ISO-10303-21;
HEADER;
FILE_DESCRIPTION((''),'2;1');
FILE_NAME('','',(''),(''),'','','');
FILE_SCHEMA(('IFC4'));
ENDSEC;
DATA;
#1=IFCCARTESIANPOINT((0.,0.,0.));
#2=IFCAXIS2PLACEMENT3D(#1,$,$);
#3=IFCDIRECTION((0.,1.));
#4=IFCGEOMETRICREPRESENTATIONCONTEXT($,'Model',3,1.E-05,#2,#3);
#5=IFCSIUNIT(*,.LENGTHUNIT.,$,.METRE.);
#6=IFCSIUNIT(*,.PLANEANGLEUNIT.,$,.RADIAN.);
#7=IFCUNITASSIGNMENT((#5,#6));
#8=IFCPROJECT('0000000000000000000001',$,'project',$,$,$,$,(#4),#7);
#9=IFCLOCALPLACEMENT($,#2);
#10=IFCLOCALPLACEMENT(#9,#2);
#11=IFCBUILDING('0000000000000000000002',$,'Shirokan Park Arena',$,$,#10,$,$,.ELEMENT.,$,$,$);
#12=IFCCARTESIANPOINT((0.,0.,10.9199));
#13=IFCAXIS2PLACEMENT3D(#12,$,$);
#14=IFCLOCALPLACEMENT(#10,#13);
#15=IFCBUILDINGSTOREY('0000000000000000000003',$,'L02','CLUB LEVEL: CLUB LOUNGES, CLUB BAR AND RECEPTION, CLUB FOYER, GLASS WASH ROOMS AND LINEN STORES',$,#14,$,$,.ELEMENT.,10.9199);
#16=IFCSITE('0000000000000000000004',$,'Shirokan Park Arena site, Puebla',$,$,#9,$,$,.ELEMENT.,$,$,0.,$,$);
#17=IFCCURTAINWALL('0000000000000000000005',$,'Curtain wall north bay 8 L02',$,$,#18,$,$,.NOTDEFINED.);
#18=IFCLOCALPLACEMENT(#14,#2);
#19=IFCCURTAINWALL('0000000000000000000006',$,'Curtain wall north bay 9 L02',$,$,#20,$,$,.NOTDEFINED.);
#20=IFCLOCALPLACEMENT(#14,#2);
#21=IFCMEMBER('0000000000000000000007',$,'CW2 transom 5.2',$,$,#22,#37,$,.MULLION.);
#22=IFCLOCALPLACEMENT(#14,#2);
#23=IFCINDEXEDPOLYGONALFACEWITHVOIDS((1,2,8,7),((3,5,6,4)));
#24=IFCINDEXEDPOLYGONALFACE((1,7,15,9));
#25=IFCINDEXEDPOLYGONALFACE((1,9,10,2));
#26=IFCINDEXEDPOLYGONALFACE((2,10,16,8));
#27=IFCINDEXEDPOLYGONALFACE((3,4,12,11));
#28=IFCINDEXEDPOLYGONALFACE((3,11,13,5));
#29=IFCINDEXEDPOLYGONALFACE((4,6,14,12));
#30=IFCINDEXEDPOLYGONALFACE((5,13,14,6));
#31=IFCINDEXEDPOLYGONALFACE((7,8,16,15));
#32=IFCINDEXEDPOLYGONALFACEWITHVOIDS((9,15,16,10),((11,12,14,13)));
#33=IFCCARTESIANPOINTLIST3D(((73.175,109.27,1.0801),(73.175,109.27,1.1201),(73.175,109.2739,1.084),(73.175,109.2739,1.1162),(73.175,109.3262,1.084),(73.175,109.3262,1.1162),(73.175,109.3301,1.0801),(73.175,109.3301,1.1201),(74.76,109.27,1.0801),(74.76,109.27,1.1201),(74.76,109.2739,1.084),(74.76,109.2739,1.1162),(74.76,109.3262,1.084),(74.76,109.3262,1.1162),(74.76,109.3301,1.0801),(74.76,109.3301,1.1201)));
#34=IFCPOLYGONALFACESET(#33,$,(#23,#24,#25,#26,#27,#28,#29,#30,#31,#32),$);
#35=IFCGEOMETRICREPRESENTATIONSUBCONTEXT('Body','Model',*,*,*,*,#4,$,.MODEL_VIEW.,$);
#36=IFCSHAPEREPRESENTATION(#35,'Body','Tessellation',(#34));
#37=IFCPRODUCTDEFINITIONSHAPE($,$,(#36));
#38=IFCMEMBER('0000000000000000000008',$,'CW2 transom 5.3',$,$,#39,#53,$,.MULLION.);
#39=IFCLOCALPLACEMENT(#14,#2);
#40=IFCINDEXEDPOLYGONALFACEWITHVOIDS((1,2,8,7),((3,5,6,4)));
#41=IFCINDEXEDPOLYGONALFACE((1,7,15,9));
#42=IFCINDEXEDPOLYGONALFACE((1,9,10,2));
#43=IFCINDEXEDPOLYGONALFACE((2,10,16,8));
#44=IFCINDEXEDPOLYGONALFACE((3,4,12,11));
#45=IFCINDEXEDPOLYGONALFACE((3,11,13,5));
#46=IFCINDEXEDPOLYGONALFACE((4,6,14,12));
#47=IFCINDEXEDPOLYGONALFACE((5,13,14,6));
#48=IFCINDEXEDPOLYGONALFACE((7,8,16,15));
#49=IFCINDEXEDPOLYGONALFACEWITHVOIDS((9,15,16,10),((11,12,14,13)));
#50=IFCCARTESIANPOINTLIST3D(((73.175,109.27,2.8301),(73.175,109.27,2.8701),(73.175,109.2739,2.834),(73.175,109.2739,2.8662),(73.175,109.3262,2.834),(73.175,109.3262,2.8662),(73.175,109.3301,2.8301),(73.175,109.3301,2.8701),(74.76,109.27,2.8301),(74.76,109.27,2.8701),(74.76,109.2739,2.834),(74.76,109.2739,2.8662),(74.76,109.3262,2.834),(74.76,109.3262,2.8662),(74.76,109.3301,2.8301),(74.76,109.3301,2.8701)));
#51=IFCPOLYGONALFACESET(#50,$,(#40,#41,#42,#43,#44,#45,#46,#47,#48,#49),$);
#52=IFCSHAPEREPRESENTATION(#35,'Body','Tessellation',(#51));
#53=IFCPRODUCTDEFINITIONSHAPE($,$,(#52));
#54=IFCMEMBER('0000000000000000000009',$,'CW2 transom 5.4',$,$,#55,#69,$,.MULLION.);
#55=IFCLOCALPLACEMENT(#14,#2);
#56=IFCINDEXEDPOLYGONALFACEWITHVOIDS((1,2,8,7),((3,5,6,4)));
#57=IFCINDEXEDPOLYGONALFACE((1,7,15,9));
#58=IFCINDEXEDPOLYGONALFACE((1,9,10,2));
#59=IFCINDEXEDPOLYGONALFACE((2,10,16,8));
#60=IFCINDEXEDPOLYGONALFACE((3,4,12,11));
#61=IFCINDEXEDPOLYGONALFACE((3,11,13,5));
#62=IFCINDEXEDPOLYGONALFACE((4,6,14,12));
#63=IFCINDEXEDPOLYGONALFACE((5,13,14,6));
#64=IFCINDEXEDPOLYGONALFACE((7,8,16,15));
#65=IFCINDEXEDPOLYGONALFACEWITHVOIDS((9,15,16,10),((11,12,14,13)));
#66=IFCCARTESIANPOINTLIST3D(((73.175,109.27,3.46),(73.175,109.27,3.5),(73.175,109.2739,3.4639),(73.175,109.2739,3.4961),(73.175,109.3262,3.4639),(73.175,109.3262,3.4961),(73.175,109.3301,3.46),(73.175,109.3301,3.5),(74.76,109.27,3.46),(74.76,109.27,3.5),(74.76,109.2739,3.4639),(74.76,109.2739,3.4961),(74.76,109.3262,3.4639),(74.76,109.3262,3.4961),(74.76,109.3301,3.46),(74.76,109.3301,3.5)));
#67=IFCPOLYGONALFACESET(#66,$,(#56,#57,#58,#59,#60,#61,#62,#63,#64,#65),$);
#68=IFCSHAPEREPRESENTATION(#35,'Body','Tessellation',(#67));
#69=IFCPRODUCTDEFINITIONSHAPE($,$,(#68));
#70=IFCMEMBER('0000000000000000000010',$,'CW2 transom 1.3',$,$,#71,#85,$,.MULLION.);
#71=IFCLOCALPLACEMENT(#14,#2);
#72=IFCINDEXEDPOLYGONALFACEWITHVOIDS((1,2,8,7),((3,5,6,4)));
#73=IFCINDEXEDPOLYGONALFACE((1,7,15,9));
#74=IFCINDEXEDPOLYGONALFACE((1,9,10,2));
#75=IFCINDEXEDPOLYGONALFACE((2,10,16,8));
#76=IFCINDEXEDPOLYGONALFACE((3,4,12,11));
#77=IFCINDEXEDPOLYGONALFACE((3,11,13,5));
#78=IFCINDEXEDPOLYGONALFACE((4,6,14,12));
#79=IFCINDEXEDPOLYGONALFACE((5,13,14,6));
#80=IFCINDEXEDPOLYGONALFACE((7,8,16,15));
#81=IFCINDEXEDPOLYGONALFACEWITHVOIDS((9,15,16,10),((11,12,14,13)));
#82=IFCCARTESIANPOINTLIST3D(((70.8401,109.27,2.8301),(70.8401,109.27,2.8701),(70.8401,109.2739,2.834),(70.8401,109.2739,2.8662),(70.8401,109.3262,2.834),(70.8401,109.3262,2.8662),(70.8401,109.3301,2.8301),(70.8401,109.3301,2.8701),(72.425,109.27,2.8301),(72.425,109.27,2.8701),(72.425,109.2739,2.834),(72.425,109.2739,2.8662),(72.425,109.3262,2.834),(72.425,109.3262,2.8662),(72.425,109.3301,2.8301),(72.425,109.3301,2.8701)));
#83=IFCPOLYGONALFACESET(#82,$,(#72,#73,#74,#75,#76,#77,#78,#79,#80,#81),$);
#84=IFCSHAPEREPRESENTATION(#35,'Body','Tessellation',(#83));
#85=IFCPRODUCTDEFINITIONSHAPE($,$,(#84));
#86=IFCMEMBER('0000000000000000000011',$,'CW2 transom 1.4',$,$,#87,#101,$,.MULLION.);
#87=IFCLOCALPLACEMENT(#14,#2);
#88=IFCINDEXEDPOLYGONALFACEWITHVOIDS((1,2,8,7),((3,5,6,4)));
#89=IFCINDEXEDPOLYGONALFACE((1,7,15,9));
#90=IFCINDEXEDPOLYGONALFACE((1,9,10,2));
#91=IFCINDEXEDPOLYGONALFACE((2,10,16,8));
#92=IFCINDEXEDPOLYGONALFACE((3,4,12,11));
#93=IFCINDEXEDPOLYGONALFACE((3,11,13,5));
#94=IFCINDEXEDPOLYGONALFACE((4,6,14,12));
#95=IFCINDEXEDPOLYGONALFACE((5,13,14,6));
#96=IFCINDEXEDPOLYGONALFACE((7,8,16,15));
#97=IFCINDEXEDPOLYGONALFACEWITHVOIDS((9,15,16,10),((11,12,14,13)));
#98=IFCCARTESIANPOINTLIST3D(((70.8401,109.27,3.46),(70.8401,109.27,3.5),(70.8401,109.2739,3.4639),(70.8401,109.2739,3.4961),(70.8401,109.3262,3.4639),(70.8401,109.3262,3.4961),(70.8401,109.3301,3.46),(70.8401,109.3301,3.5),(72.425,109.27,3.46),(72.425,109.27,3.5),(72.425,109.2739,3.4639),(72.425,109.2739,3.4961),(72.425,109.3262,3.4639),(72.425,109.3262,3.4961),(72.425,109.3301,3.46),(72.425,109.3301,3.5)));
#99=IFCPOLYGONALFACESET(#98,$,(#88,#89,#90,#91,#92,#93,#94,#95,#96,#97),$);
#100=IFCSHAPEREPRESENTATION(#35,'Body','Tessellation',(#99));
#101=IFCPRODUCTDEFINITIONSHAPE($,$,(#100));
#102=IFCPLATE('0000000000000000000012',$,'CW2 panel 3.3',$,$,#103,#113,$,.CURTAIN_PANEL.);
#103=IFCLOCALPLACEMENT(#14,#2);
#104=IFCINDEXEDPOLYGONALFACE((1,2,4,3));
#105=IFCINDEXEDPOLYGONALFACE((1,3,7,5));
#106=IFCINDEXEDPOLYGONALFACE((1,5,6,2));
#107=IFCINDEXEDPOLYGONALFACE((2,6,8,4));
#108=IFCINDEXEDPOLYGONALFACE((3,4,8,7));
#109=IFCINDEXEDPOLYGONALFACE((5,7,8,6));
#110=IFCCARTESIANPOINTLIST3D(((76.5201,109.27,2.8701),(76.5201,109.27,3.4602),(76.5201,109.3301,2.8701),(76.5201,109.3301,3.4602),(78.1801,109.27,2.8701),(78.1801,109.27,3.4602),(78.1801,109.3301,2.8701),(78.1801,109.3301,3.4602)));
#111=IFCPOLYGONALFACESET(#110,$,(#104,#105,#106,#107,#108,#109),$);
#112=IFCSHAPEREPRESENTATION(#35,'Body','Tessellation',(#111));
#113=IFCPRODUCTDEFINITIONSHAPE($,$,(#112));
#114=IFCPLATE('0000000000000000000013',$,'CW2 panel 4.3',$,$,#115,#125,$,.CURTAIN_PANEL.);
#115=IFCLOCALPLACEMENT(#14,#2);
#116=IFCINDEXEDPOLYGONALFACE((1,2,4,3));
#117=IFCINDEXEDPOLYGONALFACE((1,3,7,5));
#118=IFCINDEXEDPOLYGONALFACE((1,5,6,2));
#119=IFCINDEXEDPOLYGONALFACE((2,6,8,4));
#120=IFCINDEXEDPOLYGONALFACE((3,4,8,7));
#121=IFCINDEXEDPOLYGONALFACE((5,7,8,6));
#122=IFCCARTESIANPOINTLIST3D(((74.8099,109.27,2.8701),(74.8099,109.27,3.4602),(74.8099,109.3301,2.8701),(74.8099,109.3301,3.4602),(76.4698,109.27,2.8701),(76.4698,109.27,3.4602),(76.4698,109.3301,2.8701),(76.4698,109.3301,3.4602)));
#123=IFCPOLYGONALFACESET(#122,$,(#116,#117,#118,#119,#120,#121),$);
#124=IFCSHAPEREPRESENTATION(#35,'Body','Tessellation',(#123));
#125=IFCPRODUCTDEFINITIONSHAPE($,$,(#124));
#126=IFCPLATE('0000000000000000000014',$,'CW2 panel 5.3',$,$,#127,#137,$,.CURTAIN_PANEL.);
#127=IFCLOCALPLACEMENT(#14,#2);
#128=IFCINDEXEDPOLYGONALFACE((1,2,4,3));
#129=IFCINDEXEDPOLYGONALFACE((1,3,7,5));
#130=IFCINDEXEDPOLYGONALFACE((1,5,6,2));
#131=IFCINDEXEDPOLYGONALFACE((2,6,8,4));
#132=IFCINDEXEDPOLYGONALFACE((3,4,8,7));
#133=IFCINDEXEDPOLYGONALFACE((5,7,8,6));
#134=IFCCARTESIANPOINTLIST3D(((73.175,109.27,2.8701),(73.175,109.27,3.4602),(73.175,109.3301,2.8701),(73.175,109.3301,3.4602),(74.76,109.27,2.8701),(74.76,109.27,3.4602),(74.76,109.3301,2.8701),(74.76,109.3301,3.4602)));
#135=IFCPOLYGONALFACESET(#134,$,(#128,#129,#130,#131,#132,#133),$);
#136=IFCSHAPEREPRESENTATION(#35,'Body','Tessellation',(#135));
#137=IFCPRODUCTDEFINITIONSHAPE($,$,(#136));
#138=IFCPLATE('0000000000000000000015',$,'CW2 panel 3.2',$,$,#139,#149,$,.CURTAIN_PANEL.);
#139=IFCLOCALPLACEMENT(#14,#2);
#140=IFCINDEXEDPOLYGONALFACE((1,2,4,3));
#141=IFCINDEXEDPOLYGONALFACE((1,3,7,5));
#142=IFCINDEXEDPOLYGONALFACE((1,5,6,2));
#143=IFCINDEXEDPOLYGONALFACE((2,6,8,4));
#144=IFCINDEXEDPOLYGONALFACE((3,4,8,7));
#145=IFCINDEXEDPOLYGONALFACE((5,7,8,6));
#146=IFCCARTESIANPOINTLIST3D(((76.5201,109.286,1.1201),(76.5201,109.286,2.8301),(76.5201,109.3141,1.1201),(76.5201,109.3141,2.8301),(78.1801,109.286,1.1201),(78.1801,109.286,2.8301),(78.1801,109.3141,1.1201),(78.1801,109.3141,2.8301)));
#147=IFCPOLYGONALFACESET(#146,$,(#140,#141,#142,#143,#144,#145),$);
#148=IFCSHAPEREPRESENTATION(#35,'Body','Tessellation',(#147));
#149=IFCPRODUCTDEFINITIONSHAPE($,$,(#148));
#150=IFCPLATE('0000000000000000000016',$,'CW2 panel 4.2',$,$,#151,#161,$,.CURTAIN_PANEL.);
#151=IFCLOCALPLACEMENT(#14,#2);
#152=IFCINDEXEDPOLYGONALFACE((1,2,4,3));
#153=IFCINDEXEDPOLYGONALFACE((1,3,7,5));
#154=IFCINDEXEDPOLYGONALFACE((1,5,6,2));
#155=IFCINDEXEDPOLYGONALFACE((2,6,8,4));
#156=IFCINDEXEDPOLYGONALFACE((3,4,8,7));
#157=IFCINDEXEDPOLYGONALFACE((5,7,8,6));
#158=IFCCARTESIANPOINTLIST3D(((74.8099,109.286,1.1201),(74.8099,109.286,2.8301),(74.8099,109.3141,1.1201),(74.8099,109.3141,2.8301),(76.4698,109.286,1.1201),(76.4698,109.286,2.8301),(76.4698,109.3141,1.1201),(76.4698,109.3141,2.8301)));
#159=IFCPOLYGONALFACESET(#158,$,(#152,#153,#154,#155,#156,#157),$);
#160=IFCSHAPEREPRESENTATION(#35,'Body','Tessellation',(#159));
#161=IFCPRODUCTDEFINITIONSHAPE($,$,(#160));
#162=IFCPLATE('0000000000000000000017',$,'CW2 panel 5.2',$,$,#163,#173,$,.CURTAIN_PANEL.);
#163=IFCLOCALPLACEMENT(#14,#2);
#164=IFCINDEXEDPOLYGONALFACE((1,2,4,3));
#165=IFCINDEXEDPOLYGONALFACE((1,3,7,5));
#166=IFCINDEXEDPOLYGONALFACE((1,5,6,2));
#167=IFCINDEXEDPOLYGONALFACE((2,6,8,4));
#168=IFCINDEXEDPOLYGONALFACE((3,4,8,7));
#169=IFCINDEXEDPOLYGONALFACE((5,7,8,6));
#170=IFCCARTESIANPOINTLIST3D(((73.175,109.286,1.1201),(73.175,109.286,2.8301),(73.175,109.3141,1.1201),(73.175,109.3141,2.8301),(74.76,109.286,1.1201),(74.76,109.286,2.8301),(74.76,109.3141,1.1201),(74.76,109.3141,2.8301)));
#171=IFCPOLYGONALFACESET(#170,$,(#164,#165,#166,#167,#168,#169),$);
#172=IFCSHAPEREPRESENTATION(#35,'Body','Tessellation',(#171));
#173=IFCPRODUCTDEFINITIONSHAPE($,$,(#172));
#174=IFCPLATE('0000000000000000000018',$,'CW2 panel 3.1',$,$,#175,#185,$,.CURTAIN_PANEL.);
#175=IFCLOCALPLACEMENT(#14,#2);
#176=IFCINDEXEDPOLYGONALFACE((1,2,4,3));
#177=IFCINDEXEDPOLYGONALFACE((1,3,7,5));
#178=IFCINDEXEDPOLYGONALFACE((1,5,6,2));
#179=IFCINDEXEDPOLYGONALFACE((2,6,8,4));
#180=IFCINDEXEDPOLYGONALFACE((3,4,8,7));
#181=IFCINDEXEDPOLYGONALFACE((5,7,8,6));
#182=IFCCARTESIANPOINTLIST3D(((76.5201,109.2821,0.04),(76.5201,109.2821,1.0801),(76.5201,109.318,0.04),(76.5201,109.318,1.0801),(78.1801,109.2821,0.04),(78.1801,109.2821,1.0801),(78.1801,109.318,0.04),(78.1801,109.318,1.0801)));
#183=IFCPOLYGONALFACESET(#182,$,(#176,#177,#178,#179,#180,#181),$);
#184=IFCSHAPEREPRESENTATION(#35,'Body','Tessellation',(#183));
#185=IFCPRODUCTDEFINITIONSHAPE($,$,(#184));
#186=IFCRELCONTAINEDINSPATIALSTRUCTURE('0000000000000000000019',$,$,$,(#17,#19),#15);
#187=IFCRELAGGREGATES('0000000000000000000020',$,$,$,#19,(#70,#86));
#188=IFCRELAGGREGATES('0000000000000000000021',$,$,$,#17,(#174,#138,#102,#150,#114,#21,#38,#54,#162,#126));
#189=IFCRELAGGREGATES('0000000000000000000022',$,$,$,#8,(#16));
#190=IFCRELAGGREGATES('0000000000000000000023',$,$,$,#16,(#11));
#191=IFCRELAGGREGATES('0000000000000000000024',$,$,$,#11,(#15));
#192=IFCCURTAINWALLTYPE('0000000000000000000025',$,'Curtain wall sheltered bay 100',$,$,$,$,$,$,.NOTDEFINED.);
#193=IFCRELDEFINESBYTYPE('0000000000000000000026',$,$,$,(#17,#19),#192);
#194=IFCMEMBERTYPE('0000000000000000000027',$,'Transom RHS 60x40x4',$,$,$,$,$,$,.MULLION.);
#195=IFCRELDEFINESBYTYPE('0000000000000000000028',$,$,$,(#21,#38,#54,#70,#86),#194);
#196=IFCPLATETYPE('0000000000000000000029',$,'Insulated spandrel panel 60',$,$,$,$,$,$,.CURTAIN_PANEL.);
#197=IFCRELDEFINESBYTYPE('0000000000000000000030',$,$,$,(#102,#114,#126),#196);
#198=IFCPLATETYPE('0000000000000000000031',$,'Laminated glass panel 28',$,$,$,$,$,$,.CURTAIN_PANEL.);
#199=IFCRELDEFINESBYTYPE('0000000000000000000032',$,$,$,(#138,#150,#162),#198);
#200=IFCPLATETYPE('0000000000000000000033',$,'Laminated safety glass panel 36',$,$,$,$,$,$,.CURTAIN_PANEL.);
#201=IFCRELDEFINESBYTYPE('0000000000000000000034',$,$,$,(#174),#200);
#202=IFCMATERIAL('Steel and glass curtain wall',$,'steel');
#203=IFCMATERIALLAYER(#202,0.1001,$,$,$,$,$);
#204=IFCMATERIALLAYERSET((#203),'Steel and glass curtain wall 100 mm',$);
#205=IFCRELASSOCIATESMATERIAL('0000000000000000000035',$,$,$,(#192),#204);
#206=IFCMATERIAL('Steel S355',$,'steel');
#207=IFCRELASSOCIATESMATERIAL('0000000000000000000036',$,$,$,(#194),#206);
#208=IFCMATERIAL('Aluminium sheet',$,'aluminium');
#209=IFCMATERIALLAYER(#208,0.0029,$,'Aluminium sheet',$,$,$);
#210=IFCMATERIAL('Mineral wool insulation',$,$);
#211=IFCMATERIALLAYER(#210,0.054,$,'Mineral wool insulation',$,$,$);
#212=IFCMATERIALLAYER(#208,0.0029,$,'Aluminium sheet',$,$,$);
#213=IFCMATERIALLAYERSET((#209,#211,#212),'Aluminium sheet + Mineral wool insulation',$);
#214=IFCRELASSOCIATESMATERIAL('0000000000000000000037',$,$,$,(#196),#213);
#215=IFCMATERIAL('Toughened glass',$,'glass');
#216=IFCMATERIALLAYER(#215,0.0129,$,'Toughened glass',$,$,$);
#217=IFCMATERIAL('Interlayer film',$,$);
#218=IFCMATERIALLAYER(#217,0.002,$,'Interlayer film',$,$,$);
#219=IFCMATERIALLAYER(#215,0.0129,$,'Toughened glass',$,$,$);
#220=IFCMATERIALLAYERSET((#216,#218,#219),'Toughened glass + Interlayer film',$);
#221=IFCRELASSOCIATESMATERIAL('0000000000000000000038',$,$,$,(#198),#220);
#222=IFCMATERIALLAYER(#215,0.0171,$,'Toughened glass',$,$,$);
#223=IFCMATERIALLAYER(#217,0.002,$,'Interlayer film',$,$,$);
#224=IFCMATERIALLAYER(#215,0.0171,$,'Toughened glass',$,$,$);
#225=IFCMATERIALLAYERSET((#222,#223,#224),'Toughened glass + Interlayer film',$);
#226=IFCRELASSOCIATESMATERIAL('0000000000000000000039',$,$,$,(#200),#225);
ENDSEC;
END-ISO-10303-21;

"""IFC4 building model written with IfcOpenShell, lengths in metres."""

from ifc_helpers import new_model, si_unit, direction, frame, origin, origin_2d, place, context, subcontext, project, spatial, rectangle, hollow_rectangle, extrude, material, layer, layer_set, material_profile, profile_set, type_object, element, aggregate, save


model = new_model("IFC4")

# Units and contexts
model_context = context("Model", 3, precision=1e-05, world=origin(), true_north=direction((0.0, 1.0)))
body_context = subcontext(model_context, "Body", "Model", "MODEL_VIEW")
ifc_project = project(units=[si_unit("LENGTHUNIT", "METRE"), si_unit("PLANEANGLEUNIT", "RADIAN")], contexts=[model_context])

# Site, building, storey
site_placement = place(None, origin())
site = spatial("IfcSite", under=ifc_project, at=site_placement, Name="Shirokan Park Arena site, Puebla", CompositionType="ELEMENT", RefElevation=0.0)
building_placement = place(site_placement, origin())
building = spatial("IfcBuilding", under=site, at=building_placement, Name="Shirokan Park Arena", CompositionType="ELEMENT")
storey_placement = place(building_placement, frame((0.0, 0.0, 10.9199)))
storey = spatial("IfcBuildingStorey", under=building, at=storey_placement, Name="L02", Description="CLUB LEVEL: CLUB LOUNGES, CLUB BAR AND RECEPTION, CLUB FOYER, GLASS WASH ROOMS AND LINEN STORES", CompositionType="ELEMENT", Elevation=10.9199)

# Curtain walls
ifc_material_1 = material(Name="Steel and glass curtain wall", Category="steel")
ifc_layer_1 = layer(ifc_material_1, 0.1001)
ifc_layer_set_1 = layer_set([ifc_layer_1], Name="Steel and glass curtain wall 100 mm")
curtain_wall_type = type_object("IfcCurtainWallType", Name="Curtain wall sheltered bay 100", PredefinedType="NOTDEFINED", material=ifc_layer_set_1)
curtain_wall_1_placement = place(storey_placement, origin())
curtain_wall_1 = element("IfcCurtainWall", 1, at=curtain_wall_1_placement, inside=storey, type_object=curtain_wall_type, Name="Curtain wall north bay 8 L02", PredefinedType="NOTDEFINED")
ifc_material_2 = material(Name="Steel S355", Category="steel")
curtain_wall_2_placement = place(storey_placement, origin())
curtain_wall_2 = element("IfcCurtainWall", 2, at=curtain_wall_2_placement, inside=storey, type_object=curtain_wall_type, Name="Curtain wall north bay 9 L02", PredefinedType="NOTDEFINED")

# Members
ifc_material_profile_1 = material_profile(ifc_material_2, hollow_rectangle(XDim=0.0601, YDim=0.04, WallThickness=0.0039, at=origin_2d()), Name="RHS 60x40x4")
ifc_profile_set_1 = profile_set([ifc_material_profile_1], Name="Steel S355")
member_type_1 = type_object("IfcMemberType", Name="Transom RHS 60x40x4", PredefinedType="MULLION", material=ifc_profile_set_1)
member_1_placement = place(storey_placement, frame((74.76, 109.3, 1.1001), z_axis=(-1.0, 0.0, 0.0), x_axis=(0.0, -1.0, 0.0)))
member_1 = element("IfcMember", 3, at=member_1_placement, type_object=member_type_1, Name="CW2 transom 5.2", PredefinedType="MULLION", context=body_context, shape_type="SweptSolid", body=[
    extrude(hollow_rectangle(XDim=0.0601, YDim=0.04, WallThickness=0.0039, at=origin_2d()), origin(), (0.0, 0.0, 1.0), 1.585),
])
member_2_placement = place(storey_placement, frame((74.76, 109.3, 2.8501), z_axis=(-1.0, 0.0, 0.0), x_axis=(0.0, -1.0, 0.0)))
member_2 = element("IfcMember", 4, at=member_2_placement, type_object=member_type_1, Name="CW2 transom 5.3", PredefinedType="MULLION", context=body_context, shape_type="SweptSolid", body=[
    extrude(hollow_rectangle(XDim=0.0601, YDim=0.04, WallThickness=0.0039, at=origin_2d()), origin(), (0.0, 0.0, 1.0), 1.585),
])
member_3_placement = place(storey_placement, frame((74.76, 109.3, 3.48), z_axis=(-1.0, 0.0, 0.0), x_axis=(0.0, -1.0, 0.0)))
member_3 = element("IfcMember", 5, at=member_3_placement, type_object=member_type_1, Name="CW2 transom 5.4", PredefinedType="MULLION", context=body_context, shape_type="SweptSolid", body=[
    extrude(hollow_rectangle(XDim=0.0601, YDim=0.04, WallThickness=0.0039, at=origin_2d()), origin(), (0.0, 0.0, 1.0), 1.585),
])
member_4_placement = place(storey_placement, frame((72.425, 109.3, 2.8501), z_axis=(-1.0, 0.0, 0.0), x_axis=(0.0, -1.0, 0.0)))
member_4 = element("IfcMember", 6, at=member_4_placement, type_object=member_type_1, Name="CW2 transom 1.3", PredefinedType="MULLION", context=body_context, shape_type="SweptSolid", body=[
    extrude(hollow_rectangle(XDim=0.0601, YDim=0.04, WallThickness=0.0039, at=origin_2d()), origin(), (0.0, 0.0, 1.0), 1.585),
])
member_5_placement = place(storey_placement, frame((72.425, 109.3, 3.48), z_axis=(-1.0, 0.0, 0.0), x_axis=(0.0, -1.0, 0.0)))
member_5 = element("IfcMember", 7, at=member_5_placement, type_object=member_type_1, Name="CW2 transom 1.4", PredefinedType="MULLION", context=body_context, shape_type="SweptSolid", body=[
    extrude(hollow_rectangle(XDim=0.0601, YDim=0.04, WallThickness=0.0039, at=origin_2d()), origin(), (0.0, 0.0, 1.0), 1.585),
])
aggregate(curtain_wall_2, [member_4, member_5])

# Plates
ifc_material_3 = material(Name="Aluminium sheet", Category="aluminium")
ifc_layer_2 = layer(ifc_material_3, 0.0029, Name="Aluminium sheet")
ifc_material_4 = material(Name="Mineral wool insulation")
ifc_layer_3 = layer(ifc_material_4, 0.054, Name="Mineral wool insulation")
ifc_layer_4 = layer(ifc_material_3, 0.0029, Name="Aluminium sheet")
ifc_layer_set_2 = layer_set([ifc_layer_2, ifc_layer_3, ifc_layer_4], Name="Aluminium sheet + Mineral wool insulation")
plate_type_1 = type_object("IfcPlateType", Name="Insulated spandrel panel 60", PredefinedType="CURTAIN_PANEL", material=ifc_layer_set_2)
plate_1_placement = place(storey_placement, frame((77.3501, 109.3, 2.8701), z_axis=(0.0, 0.0, 1.0), x_axis=(-1.0, 0.0, 0.0)))
plate_1 = element("IfcPlate", 8, at=plate_1_placement, type_object=plate_type_1, Name="CW2 panel 3.3", PredefinedType="CURTAIN_PANEL", context=body_context, shape_type="SweptSolid", body=[
    extrude(rectangle(XDim=1.6599, YDim=0.0601, at=origin_2d()), origin(), (0.0, 0.0, 1.0), 0.5901),
])
plate_2_placement = place(storey_placement, frame((75.6399, 109.3, 2.8701), z_axis=(0.0, 0.0, 1.0), x_axis=(-1.0, 0.0, 0.0)))
plate_2 = element("IfcPlate", 9, at=plate_2_placement, type_object=plate_type_1, Name="CW2 panel 4.3", PredefinedType="CURTAIN_PANEL", context=body_context, shape_type="SweptSolid", body=[
    extrude(rectangle(XDim=1.6599, YDim=0.0601, at=origin_2d()), origin(), (0.0, 0.0, 1.0), 0.5901),
])
plate_3_placement = place(storey_placement, frame((73.9675, 109.3, 2.8701), z_axis=(0.0, 0.0, 1.0), x_axis=(-1.0, 0.0, 0.0)))
plate_3 = element("IfcPlate", 10, at=plate_3_placement, type_object=plate_type_1, Name="CW2 panel 5.3", PredefinedType="CURTAIN_PANEL", context=body_context, shape_type="SweptSolid", body=[
    extrude(rectangle(XDim=1.585, YDim=0.0601, at=origin_2d()), origin(), (0.0, 0.0, 1.0), 0.5901),
])
ifc_material_5 = material(Name="Toughened glass", Category="glass")
ifc_layer_5 = layer(ifc_material_5, 0.0129, Name="Toughened glass")
ifc_material_6 = material(Name="Interlayer film")
ifc_layer_6 = layer(ifc_material_6, 0.002, Name="Interlayer film")
ifc_layer_7 = layer(ifc_material_5, 0.0129, Name="Toughened glass")
ifc_layer_set_3 = layer_set([ifc_layer_5, ifc_layer_6, ifc_layer_7], Name="Toughened glass + Interlayer film")
plate_type_2 = type_object("IfcPlateType", Name="Laminated glass panel 28", PredefinedType="CURTAIN_PANEL", material=ifc_layer_set_3)
plate_4_placement = place(storey_placement, frame((77.3501, 109.3, 1.1201), z_axis=(0.0, 0.0, 1.0), x_axis=(-1.0, 0.0, 0.0)))
plate_4 = element("IfcPlate", 11, at=plate_4_placement, type_object=plate_type_2, Name="CW2 panel 3.2", PredefinedType="CURTAIN_PANEL", context=body_context, shape_type="SweptSolid", body=[
    extrude(rectangle(XDim=1.6599, YDim=0.0281, at=origin_2d()), origin(), (0.0, 0.0, 1.0), 1.71),
])
plate_5_placement = place(storey_placement, frame((75.6399, 109.3, 1.1201), z_axis=(0.0, 0.0, 1.0), x_axis=(-1.0, 0.0, 0.0)))
plate_5 = element("IfcPlate", 12, at=plate_5_placement, type_object=plate_type_2, Name="CW2 panel 4.2", PredefinedType="CURTAIN_PANEL", context=body_context, shape_type="SweptSolid", body=[
    extrude(rectangle(XDim=1.6599, YDim=0.0281, at=origin_2d()), origin(), (0.0, 0.0, 1.0), 1.71),
])
plate_6_placement = place(storey_placement, frame((73.9675, 109.3, 1.1201), z_axis=(0.0, 0.0, 1.0), x_axis=(-1.0, 0.0, 0.0)))
plate_6 = element("IfcPlate", 13, at=plate_6_placement, type_object=plate_type_2, Name="CW2 panel 5.2", PredefinedType="CURTAIN_PANEL", context=body_context, shape_type="SweptSolid", body=[
    extrude(rectangle(XDim=1.585, YDim=0.0281, at=origin_2d()), origin(), (0.0, 0.0, 1.0), 1.71),
])
ifc_layer_8 = layer(ifc_material_5, 0.0171, Name="Toughened glass")
ifc_layer_9 = layer(ifc_material_6, 0.002, Name="Interlayer film")
ifc_layer_10 = layer(ifc_material_5, 0.0171, Name="Toughened glass")
ifc_layer_set_4 = layer_set([ifc_layer_8, ifc_layer_9, ifc_layer_10], Name="Toughened glass + Interlayer film")
plate_type_3 = type_object("IfcPlateType", Name="Laminated safety glass panel 36", PredefinedType="CURTAIN_PANEL", material=ifc_layer_set_4)
plate_7_placement = place(storey_placement, frame((77.3501, 109.3, 0.04), z_axis=(0.0, 0.0, 1.0), x_axis=(-1.0, 0.0, 0.0)))
plate_7 = element("IfcPlate", 14, at=plate_7_placement, type_object=plate_type_3, Name="CW2 panel 3.1", PredefinedType="CURTAIN_PANEL", context=body_context, shape_type="SweptSolid", body=[
    extrude(rectangle(XDim=1.6599, YDim=0.0359, at=origin_2d()), origin(), (0.0, 0.0, 1.0), 1.04),
])
aggregate(curtain_wall_1, [plate_7, plate_4, plate_1, plate_5, plate_2, member_1, member_2, member_3, plate_6, plate_3])

save(model, "model.ifc")
